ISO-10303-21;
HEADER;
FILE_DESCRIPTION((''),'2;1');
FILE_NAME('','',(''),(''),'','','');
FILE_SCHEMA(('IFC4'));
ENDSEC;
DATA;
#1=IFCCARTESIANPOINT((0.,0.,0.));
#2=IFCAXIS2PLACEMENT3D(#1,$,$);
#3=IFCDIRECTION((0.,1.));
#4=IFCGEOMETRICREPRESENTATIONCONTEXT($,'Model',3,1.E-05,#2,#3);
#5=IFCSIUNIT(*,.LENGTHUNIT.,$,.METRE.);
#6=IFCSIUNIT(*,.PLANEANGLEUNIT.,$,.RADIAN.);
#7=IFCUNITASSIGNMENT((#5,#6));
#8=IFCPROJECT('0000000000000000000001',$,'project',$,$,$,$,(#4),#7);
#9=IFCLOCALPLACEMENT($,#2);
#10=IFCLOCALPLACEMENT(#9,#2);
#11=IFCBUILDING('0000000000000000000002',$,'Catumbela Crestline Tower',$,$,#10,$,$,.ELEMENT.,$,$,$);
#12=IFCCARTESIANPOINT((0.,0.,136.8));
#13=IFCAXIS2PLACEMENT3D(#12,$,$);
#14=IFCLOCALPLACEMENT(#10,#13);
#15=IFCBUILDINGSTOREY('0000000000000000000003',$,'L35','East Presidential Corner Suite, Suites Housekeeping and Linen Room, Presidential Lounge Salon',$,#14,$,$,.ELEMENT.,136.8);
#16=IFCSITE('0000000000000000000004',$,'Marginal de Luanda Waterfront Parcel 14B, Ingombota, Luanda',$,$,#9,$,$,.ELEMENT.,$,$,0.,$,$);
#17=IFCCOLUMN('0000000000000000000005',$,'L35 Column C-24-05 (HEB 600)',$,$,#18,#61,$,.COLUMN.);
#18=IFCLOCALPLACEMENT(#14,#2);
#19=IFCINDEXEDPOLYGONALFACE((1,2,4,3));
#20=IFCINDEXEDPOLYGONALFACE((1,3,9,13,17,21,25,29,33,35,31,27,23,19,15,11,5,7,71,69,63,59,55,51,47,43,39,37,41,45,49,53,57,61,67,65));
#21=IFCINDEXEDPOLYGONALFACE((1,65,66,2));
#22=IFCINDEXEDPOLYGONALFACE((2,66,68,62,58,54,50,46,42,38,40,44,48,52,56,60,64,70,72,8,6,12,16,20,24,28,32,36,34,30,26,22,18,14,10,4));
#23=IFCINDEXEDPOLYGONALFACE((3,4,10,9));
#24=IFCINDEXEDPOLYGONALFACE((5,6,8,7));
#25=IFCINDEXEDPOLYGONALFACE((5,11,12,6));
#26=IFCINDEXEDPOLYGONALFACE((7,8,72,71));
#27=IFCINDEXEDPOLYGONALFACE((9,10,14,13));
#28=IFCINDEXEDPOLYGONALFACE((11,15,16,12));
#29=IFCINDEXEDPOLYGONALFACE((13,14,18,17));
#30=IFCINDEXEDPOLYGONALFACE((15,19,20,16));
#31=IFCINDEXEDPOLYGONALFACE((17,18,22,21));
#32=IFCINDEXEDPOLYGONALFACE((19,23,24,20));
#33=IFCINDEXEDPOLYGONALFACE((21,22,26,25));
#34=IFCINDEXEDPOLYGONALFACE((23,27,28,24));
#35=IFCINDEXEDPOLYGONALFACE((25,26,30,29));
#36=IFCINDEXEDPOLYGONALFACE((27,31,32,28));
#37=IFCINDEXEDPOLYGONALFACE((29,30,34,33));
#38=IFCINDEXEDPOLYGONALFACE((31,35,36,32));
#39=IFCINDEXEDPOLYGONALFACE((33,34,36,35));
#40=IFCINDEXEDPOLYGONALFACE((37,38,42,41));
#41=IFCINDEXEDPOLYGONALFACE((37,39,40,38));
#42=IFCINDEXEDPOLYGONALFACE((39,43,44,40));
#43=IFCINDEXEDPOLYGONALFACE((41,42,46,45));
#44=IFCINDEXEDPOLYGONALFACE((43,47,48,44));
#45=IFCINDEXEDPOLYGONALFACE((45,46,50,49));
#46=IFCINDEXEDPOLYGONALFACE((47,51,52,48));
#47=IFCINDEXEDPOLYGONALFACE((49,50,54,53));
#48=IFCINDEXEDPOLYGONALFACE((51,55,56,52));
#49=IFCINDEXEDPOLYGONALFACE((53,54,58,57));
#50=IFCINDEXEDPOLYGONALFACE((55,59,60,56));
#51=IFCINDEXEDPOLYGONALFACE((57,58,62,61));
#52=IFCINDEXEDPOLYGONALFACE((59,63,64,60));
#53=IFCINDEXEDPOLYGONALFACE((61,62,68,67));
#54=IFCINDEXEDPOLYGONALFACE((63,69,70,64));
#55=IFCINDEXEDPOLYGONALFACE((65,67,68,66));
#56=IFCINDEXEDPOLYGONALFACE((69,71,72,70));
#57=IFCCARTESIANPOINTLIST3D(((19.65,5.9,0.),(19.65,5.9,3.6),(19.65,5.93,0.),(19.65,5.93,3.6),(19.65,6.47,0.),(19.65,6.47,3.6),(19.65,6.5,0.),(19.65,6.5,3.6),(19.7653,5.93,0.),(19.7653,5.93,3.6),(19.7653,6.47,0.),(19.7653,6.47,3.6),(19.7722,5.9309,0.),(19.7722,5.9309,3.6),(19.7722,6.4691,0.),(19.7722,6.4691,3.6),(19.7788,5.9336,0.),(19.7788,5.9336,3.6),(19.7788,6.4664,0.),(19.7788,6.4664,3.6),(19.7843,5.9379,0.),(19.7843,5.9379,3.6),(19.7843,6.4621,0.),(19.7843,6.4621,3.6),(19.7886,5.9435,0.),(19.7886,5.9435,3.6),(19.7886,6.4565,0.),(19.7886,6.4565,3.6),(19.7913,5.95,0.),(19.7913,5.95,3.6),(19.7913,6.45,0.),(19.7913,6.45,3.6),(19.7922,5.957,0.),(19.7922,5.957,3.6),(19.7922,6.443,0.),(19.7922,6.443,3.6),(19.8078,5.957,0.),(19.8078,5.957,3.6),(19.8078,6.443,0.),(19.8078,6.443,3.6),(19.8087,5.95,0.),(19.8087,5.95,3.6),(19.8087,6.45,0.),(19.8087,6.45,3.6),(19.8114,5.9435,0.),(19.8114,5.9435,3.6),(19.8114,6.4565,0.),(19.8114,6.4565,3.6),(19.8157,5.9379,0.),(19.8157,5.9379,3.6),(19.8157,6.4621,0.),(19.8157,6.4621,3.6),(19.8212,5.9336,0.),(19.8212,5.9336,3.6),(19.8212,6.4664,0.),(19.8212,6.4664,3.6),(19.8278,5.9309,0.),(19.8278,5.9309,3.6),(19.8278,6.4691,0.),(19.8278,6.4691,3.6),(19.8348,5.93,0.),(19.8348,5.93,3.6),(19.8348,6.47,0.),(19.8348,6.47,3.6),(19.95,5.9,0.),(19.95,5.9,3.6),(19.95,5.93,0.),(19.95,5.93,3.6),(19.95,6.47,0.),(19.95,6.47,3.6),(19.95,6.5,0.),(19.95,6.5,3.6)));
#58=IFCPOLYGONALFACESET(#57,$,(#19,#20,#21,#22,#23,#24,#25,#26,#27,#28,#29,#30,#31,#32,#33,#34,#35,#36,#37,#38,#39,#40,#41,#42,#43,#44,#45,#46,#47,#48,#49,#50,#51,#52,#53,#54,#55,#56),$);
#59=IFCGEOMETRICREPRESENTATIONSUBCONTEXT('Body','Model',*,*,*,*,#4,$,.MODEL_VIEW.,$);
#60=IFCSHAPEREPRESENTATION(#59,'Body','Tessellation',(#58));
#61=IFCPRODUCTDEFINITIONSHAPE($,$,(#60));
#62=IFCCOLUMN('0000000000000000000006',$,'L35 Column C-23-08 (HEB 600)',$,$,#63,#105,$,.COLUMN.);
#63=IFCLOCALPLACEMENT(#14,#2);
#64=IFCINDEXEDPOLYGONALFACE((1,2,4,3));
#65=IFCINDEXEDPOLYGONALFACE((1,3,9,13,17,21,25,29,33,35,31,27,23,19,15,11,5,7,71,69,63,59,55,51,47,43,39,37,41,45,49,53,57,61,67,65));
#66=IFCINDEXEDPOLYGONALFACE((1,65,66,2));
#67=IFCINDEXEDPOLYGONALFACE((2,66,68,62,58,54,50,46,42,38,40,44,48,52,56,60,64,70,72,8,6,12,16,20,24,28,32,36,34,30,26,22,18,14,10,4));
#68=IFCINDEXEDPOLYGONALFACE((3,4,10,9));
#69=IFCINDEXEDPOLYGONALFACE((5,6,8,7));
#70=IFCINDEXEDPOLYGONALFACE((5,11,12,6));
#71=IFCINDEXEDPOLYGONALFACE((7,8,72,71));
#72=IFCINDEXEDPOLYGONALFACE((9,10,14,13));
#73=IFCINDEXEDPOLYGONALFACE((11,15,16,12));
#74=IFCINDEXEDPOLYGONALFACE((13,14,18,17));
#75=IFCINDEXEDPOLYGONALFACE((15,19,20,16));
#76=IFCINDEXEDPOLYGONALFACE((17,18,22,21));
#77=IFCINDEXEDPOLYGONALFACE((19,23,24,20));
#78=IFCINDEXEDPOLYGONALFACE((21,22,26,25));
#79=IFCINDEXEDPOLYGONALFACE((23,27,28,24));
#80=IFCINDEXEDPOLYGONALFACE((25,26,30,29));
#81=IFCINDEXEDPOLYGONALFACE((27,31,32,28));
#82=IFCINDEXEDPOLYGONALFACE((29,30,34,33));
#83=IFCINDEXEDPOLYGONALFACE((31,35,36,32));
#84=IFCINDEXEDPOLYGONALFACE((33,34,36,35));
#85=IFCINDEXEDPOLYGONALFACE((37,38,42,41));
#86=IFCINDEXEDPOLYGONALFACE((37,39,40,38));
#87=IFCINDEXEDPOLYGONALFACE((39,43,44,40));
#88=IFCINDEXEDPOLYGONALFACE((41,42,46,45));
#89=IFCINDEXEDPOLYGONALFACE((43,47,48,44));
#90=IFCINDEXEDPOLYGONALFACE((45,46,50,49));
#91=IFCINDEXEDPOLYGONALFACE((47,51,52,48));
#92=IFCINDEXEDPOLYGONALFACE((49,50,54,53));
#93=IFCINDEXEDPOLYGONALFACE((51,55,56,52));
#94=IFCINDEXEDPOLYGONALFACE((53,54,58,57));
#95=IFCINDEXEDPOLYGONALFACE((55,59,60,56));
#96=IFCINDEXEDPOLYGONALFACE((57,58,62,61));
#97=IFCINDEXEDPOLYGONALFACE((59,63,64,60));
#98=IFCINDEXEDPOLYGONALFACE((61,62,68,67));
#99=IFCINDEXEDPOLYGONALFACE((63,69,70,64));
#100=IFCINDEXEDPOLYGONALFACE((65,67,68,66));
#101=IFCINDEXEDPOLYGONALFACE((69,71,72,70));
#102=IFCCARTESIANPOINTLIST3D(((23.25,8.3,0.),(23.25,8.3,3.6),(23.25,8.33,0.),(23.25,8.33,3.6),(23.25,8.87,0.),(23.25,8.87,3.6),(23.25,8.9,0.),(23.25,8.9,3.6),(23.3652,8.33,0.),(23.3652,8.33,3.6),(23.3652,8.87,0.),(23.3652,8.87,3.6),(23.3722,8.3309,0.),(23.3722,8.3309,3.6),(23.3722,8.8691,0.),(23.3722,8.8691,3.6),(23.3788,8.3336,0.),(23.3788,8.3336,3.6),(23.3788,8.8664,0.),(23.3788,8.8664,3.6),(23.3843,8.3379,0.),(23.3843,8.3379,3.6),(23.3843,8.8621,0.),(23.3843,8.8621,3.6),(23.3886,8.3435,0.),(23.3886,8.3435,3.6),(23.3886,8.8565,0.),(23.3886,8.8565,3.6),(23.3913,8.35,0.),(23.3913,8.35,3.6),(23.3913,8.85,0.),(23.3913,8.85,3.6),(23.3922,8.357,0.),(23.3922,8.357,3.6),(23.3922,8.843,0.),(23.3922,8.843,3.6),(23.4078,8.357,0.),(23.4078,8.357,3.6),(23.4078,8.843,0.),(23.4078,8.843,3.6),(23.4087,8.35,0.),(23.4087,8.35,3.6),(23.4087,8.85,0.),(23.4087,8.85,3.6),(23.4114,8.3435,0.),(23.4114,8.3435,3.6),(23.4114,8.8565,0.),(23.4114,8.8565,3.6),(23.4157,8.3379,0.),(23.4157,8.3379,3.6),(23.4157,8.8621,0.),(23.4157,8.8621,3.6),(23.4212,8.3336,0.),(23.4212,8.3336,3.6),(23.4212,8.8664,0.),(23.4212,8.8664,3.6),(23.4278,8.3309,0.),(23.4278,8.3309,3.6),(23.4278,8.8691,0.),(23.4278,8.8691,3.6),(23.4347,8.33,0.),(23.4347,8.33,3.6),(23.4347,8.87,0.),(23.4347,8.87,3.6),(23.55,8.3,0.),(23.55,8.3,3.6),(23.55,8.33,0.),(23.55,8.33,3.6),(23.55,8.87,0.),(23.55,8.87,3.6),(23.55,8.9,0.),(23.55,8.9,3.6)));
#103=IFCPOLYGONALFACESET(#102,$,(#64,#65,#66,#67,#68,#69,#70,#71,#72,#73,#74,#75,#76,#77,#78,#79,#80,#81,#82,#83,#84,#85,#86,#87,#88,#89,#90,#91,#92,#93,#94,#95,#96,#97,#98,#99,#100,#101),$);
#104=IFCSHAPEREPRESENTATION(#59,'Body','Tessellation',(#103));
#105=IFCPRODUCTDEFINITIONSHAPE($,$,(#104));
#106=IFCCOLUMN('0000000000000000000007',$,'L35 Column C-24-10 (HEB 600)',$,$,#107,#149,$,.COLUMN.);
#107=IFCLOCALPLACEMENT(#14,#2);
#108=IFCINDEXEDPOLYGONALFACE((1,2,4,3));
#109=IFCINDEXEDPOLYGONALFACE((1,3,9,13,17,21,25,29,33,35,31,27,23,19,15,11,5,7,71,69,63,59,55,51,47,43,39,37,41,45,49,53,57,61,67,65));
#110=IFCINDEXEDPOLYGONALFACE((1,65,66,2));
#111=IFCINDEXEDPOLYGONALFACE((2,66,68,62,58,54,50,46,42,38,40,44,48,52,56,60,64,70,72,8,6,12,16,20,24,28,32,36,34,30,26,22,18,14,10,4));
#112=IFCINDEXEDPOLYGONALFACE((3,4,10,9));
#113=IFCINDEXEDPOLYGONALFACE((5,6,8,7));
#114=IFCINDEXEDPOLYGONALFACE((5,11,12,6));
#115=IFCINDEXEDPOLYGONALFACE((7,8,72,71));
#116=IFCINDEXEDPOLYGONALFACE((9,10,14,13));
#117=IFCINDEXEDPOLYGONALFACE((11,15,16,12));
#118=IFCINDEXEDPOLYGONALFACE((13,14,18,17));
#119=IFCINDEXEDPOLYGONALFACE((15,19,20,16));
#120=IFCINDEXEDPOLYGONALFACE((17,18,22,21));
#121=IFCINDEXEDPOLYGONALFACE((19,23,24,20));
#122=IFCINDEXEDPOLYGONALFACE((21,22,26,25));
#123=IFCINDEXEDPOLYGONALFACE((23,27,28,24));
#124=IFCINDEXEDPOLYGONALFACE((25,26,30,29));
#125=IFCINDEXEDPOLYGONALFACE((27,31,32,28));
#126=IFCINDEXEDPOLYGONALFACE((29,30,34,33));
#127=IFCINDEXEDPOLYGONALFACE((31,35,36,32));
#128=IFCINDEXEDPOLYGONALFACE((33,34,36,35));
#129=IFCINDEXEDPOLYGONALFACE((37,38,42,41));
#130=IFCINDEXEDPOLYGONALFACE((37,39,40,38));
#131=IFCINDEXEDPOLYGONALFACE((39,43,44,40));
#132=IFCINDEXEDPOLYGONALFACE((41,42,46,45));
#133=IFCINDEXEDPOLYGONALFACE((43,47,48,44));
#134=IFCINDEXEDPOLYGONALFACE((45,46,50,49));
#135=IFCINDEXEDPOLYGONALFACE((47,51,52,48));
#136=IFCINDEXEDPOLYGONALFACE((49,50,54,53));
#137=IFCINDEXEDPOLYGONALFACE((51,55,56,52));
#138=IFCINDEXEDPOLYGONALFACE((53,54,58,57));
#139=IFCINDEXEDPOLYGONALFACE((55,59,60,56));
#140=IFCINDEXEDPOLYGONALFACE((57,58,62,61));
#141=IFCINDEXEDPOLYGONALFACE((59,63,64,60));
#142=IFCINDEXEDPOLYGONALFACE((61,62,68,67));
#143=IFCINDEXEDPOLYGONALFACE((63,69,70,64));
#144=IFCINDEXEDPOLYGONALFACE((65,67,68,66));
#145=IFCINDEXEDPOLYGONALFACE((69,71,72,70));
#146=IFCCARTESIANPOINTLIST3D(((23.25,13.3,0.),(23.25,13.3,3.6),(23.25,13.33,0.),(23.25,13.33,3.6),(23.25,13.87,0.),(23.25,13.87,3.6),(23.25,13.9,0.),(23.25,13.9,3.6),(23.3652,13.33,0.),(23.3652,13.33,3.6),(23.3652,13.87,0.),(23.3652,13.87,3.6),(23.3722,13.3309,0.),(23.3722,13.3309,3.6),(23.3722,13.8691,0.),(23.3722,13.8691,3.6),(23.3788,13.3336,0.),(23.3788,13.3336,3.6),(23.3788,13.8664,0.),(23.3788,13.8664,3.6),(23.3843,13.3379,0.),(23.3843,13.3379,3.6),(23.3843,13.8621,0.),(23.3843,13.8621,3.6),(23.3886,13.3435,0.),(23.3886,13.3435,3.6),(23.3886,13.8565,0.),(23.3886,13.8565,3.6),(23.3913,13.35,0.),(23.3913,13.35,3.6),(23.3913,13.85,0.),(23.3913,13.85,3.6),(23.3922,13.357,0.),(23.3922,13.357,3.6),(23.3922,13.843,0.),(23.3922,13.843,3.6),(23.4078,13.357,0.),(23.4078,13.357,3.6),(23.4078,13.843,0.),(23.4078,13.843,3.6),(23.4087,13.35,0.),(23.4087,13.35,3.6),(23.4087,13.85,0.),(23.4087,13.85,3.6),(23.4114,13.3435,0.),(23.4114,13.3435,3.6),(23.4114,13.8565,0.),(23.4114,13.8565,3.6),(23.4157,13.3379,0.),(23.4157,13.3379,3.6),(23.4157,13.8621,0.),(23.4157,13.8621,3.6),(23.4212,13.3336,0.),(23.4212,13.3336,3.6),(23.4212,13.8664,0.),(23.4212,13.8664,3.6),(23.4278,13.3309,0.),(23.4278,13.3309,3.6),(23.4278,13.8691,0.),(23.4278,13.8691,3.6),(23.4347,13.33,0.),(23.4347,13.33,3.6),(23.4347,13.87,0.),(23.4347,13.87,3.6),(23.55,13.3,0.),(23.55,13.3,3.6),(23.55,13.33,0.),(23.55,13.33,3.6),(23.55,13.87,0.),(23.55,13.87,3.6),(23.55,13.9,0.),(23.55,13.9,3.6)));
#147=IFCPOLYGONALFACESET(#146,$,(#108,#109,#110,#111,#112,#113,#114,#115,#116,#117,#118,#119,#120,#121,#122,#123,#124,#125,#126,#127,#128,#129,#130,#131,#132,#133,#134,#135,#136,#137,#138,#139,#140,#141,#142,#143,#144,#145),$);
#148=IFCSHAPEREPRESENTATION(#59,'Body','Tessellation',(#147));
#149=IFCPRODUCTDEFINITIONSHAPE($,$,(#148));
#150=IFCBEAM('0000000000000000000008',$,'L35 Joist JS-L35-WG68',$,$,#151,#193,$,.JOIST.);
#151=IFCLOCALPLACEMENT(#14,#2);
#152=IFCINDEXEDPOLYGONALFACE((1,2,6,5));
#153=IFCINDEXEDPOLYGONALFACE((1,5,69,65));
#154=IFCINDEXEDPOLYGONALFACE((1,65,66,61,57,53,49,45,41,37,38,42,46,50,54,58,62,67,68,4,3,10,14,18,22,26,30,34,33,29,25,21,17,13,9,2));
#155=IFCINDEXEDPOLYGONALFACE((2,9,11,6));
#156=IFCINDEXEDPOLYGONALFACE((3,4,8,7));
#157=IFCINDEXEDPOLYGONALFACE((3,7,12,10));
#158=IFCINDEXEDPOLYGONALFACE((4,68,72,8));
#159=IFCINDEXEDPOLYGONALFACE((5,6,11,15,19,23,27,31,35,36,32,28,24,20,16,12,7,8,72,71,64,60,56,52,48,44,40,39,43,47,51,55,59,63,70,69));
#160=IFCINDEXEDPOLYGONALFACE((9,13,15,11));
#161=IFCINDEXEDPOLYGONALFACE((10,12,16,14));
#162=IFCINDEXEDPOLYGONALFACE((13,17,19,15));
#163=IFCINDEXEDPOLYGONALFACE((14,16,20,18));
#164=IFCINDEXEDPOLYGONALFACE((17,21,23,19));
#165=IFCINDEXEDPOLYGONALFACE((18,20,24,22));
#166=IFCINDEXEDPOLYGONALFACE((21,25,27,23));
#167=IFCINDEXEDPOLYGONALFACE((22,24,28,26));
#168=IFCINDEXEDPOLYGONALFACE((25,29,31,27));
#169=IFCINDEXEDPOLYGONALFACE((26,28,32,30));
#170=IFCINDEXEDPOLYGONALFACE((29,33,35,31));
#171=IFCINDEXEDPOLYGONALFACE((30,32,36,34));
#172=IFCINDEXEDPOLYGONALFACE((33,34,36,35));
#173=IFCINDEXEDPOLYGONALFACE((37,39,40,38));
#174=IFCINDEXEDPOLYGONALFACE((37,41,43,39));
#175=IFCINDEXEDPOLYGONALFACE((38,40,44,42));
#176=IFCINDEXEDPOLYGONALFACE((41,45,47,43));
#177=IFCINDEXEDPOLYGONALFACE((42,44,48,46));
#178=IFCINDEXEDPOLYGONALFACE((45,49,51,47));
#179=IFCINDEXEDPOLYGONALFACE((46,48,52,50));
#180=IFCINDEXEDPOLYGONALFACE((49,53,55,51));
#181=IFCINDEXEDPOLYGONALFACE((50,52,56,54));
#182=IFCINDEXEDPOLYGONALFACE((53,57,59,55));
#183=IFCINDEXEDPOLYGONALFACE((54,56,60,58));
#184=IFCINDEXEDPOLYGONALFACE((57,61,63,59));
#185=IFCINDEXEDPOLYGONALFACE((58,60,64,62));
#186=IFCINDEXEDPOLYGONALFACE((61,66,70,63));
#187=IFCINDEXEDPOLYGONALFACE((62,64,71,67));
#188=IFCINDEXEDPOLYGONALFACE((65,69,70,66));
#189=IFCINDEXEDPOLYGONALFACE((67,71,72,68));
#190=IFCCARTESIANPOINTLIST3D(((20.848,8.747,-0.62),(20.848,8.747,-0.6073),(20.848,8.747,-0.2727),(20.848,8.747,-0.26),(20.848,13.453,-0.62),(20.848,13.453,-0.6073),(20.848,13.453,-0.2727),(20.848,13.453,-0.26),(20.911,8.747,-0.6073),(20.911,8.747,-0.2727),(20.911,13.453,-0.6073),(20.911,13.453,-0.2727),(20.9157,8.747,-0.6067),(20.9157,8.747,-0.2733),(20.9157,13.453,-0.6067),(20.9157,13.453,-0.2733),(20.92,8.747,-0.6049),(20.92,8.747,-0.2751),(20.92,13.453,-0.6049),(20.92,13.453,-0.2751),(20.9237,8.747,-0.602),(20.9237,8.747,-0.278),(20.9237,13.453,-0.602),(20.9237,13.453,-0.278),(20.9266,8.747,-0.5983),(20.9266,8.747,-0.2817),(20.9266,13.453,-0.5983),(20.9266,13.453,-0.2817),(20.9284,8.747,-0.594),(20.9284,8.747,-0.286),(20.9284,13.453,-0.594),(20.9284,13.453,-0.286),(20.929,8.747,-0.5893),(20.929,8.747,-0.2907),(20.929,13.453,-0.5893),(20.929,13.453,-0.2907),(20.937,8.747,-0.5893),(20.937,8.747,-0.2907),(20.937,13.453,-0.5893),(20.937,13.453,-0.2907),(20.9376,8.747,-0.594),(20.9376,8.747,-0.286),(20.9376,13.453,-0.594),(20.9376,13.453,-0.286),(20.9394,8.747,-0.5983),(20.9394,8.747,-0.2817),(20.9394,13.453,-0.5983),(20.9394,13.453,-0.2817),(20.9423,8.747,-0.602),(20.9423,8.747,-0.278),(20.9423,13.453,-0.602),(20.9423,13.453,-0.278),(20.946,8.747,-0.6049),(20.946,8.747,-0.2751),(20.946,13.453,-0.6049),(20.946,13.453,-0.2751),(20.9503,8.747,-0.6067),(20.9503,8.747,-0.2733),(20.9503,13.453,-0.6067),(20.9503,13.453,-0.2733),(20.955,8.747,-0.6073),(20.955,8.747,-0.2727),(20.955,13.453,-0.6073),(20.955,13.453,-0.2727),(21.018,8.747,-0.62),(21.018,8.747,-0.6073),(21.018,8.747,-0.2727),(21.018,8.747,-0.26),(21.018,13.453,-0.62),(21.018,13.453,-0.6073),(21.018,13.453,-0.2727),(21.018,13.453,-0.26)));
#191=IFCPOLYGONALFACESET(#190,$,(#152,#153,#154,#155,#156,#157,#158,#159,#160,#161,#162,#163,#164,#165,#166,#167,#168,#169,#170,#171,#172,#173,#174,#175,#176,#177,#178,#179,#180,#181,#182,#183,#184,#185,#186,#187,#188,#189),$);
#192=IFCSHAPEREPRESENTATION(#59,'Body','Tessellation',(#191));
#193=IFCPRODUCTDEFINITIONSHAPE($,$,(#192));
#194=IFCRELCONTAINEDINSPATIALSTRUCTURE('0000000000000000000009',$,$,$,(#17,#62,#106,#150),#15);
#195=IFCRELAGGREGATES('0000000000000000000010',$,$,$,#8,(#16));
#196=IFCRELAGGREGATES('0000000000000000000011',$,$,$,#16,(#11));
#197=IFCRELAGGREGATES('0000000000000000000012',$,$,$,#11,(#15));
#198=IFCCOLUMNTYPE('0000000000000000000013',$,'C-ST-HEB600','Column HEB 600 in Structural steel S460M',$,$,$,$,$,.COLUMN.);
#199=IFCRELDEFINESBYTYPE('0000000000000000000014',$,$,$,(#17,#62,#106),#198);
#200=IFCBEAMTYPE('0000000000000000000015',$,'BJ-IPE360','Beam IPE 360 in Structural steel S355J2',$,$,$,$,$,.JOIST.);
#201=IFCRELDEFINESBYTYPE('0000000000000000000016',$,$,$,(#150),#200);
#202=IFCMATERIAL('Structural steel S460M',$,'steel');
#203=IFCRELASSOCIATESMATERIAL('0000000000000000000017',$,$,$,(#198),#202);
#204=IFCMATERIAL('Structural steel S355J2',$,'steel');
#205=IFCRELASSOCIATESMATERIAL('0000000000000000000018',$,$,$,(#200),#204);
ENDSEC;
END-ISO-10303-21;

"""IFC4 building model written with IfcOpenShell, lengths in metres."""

from ifc_helpers import new_model, si_unit, direction, frame, origin, origin_2d, place, context, subcontext, project, spatial, i_section, extrude, material, material_profile, profile_set, type_object, element, save


model = new_model("IFC4")

# Units and contexts
model_context = context("Model", 3, precision=1e-05, world=origin(), true_north=direction((0.0, 1.0)))
body_context = subcontext(model_context, "Body", "Model", "MODEL_VIEW")
ifc_project = project(units=[si_unit("LENGTHUNIT", "METRE"), si_unit("PLANEANGLEUNIT", "RADIAN")], contexts=[model_context])

# Site, building, storey
site_placement = place(None, origin())
site = spatial("IfcSite", under=ifc_project, at=site_placement, Name="Marginal de Luanda Waterfront Parcel 14B, Ingombota, Luanda", CompositionType="ELEMENT", RefElevation=0.0)
building_placement = place(site_placement, origin())
building = spatial("IfcBuilding", under=site, at=building_placement, Name="Catumbela Crestline Tower", CompositionType="ELEMENT")
storey_placement = place(building_placement, frame((0.0, 0.0, 136.8)))
storey = spatial("IfcBuildingStorey", under=building, at=storey_placement, Name="L35", Description="East Presidential Corner Suite, Suites Housekeeping and Linen Room, Presidential Lounge Salon", CompositionType="ELEMENT", Elevation=136.8)

# Columns
ifc_material_1 = material(Name="Structural steel S460M", Category="steel")
ifc_material_profile_1 = material_profile(ifc_material_1, i_section(OverallWidth=0.3, OverallDepth=0.6, WebThickness=0.0155, FlangeThickness=0.03, FilletRadius=0.027, at=origin_2d()), Name="HEB 600")
ifc_profile_set_1 = profile_set([ifc_material_profile_1], Name="Structural steel S460M")
column_type = type_object("IfcColumnType", Name="C-ST-HEB600", Description="Column HEB 600 in Structural steel S460M", PredefinedType="COLUMN", material=ifc_profile_set_1)
for number, where, z_axis, x_axis, name in (
    (1, (19.8, 6.2, 0.0), (0.0, 0.0, 1.0), (1.0, 0.0, 0.0), "L35 Column C-24-05 (HEB 600)"),
    (2, (23.4, 8.6, 0.0), (0.0, 0.0, 1.0), (1.0, 0.0, 0.0), "L35 Column C-23-08 (HEB 600)"),
    (3, (23.4, 13.6, 0.0), (0.0, 0.0, 1.0), (1.0, 0.0, 0.0), "L35 Column C-24-10 (HEB 600)"),
):
    element("IfcColumn", number, at=place(storey_placement, frame(where, z_axis=z_axis, x_axis=x_axis)), inside=storey, type_object=column_type, Name=name, PredefinedType="COLUMN", context=body_context, shape_type="SweptSolid", body=[
        extrude(i_section(OverallWidth=0.3, OverallDepth=0.6, WebThickness=0.0155, FlangeThickness=0.03, FilletRadius=0.027, at=origin_2d()), origin(), (0.0, 0.0, 1.0), 3.6),
    ])

# Beam
ifc_material_2 = material(Name="Structural steel S355J2", Category="steel")
ifc_material_profile_2 = material_profile(ifc_material_2, i_section(OverallWidth=0.17, OverallDepth=0.36, WebThickness=0.008, FlangeThickness=0.0127, FilletRadius=0.018, at=origin_2d()), Name="IPE 360")
ifc_profile_set_2 = profile_set([ifc_material_profile_2], Name="Structural steel S355J2")
beam_type_1 = type_object("IfcBeamType", Name="BJ-IPE360", Description="Beam IPE 360 in Structural steel S355J2", PredefinedType="JOIST", material=ifc_profile_set_2)
beam_1_placement = place(storey_placement, frame((20.933, 8.747, -0.44), z_axis=(0.0, 1.0, 0.0), x_axis=(-1.0, 0.0, 0.0)))
element("IfcBeam", 4, at=beam_1_placement, inside=storey, type_object=beam_type_1, Name="L35 Joist JS-L35-WG68", PredefinedType="JOIST", context=body_context, shape_type="SweptSolid", body=[
    extrude(i_section(OverallWidth=0.17, OverallDepth=0.36, WebThickness=0.008, FlangeThickness=0.0127, FilletRadius=0.018, at=origin_2d()), origin(), (0.0, 0.0, 1.0), 4.706),
])

save(model, "model.ifc")
